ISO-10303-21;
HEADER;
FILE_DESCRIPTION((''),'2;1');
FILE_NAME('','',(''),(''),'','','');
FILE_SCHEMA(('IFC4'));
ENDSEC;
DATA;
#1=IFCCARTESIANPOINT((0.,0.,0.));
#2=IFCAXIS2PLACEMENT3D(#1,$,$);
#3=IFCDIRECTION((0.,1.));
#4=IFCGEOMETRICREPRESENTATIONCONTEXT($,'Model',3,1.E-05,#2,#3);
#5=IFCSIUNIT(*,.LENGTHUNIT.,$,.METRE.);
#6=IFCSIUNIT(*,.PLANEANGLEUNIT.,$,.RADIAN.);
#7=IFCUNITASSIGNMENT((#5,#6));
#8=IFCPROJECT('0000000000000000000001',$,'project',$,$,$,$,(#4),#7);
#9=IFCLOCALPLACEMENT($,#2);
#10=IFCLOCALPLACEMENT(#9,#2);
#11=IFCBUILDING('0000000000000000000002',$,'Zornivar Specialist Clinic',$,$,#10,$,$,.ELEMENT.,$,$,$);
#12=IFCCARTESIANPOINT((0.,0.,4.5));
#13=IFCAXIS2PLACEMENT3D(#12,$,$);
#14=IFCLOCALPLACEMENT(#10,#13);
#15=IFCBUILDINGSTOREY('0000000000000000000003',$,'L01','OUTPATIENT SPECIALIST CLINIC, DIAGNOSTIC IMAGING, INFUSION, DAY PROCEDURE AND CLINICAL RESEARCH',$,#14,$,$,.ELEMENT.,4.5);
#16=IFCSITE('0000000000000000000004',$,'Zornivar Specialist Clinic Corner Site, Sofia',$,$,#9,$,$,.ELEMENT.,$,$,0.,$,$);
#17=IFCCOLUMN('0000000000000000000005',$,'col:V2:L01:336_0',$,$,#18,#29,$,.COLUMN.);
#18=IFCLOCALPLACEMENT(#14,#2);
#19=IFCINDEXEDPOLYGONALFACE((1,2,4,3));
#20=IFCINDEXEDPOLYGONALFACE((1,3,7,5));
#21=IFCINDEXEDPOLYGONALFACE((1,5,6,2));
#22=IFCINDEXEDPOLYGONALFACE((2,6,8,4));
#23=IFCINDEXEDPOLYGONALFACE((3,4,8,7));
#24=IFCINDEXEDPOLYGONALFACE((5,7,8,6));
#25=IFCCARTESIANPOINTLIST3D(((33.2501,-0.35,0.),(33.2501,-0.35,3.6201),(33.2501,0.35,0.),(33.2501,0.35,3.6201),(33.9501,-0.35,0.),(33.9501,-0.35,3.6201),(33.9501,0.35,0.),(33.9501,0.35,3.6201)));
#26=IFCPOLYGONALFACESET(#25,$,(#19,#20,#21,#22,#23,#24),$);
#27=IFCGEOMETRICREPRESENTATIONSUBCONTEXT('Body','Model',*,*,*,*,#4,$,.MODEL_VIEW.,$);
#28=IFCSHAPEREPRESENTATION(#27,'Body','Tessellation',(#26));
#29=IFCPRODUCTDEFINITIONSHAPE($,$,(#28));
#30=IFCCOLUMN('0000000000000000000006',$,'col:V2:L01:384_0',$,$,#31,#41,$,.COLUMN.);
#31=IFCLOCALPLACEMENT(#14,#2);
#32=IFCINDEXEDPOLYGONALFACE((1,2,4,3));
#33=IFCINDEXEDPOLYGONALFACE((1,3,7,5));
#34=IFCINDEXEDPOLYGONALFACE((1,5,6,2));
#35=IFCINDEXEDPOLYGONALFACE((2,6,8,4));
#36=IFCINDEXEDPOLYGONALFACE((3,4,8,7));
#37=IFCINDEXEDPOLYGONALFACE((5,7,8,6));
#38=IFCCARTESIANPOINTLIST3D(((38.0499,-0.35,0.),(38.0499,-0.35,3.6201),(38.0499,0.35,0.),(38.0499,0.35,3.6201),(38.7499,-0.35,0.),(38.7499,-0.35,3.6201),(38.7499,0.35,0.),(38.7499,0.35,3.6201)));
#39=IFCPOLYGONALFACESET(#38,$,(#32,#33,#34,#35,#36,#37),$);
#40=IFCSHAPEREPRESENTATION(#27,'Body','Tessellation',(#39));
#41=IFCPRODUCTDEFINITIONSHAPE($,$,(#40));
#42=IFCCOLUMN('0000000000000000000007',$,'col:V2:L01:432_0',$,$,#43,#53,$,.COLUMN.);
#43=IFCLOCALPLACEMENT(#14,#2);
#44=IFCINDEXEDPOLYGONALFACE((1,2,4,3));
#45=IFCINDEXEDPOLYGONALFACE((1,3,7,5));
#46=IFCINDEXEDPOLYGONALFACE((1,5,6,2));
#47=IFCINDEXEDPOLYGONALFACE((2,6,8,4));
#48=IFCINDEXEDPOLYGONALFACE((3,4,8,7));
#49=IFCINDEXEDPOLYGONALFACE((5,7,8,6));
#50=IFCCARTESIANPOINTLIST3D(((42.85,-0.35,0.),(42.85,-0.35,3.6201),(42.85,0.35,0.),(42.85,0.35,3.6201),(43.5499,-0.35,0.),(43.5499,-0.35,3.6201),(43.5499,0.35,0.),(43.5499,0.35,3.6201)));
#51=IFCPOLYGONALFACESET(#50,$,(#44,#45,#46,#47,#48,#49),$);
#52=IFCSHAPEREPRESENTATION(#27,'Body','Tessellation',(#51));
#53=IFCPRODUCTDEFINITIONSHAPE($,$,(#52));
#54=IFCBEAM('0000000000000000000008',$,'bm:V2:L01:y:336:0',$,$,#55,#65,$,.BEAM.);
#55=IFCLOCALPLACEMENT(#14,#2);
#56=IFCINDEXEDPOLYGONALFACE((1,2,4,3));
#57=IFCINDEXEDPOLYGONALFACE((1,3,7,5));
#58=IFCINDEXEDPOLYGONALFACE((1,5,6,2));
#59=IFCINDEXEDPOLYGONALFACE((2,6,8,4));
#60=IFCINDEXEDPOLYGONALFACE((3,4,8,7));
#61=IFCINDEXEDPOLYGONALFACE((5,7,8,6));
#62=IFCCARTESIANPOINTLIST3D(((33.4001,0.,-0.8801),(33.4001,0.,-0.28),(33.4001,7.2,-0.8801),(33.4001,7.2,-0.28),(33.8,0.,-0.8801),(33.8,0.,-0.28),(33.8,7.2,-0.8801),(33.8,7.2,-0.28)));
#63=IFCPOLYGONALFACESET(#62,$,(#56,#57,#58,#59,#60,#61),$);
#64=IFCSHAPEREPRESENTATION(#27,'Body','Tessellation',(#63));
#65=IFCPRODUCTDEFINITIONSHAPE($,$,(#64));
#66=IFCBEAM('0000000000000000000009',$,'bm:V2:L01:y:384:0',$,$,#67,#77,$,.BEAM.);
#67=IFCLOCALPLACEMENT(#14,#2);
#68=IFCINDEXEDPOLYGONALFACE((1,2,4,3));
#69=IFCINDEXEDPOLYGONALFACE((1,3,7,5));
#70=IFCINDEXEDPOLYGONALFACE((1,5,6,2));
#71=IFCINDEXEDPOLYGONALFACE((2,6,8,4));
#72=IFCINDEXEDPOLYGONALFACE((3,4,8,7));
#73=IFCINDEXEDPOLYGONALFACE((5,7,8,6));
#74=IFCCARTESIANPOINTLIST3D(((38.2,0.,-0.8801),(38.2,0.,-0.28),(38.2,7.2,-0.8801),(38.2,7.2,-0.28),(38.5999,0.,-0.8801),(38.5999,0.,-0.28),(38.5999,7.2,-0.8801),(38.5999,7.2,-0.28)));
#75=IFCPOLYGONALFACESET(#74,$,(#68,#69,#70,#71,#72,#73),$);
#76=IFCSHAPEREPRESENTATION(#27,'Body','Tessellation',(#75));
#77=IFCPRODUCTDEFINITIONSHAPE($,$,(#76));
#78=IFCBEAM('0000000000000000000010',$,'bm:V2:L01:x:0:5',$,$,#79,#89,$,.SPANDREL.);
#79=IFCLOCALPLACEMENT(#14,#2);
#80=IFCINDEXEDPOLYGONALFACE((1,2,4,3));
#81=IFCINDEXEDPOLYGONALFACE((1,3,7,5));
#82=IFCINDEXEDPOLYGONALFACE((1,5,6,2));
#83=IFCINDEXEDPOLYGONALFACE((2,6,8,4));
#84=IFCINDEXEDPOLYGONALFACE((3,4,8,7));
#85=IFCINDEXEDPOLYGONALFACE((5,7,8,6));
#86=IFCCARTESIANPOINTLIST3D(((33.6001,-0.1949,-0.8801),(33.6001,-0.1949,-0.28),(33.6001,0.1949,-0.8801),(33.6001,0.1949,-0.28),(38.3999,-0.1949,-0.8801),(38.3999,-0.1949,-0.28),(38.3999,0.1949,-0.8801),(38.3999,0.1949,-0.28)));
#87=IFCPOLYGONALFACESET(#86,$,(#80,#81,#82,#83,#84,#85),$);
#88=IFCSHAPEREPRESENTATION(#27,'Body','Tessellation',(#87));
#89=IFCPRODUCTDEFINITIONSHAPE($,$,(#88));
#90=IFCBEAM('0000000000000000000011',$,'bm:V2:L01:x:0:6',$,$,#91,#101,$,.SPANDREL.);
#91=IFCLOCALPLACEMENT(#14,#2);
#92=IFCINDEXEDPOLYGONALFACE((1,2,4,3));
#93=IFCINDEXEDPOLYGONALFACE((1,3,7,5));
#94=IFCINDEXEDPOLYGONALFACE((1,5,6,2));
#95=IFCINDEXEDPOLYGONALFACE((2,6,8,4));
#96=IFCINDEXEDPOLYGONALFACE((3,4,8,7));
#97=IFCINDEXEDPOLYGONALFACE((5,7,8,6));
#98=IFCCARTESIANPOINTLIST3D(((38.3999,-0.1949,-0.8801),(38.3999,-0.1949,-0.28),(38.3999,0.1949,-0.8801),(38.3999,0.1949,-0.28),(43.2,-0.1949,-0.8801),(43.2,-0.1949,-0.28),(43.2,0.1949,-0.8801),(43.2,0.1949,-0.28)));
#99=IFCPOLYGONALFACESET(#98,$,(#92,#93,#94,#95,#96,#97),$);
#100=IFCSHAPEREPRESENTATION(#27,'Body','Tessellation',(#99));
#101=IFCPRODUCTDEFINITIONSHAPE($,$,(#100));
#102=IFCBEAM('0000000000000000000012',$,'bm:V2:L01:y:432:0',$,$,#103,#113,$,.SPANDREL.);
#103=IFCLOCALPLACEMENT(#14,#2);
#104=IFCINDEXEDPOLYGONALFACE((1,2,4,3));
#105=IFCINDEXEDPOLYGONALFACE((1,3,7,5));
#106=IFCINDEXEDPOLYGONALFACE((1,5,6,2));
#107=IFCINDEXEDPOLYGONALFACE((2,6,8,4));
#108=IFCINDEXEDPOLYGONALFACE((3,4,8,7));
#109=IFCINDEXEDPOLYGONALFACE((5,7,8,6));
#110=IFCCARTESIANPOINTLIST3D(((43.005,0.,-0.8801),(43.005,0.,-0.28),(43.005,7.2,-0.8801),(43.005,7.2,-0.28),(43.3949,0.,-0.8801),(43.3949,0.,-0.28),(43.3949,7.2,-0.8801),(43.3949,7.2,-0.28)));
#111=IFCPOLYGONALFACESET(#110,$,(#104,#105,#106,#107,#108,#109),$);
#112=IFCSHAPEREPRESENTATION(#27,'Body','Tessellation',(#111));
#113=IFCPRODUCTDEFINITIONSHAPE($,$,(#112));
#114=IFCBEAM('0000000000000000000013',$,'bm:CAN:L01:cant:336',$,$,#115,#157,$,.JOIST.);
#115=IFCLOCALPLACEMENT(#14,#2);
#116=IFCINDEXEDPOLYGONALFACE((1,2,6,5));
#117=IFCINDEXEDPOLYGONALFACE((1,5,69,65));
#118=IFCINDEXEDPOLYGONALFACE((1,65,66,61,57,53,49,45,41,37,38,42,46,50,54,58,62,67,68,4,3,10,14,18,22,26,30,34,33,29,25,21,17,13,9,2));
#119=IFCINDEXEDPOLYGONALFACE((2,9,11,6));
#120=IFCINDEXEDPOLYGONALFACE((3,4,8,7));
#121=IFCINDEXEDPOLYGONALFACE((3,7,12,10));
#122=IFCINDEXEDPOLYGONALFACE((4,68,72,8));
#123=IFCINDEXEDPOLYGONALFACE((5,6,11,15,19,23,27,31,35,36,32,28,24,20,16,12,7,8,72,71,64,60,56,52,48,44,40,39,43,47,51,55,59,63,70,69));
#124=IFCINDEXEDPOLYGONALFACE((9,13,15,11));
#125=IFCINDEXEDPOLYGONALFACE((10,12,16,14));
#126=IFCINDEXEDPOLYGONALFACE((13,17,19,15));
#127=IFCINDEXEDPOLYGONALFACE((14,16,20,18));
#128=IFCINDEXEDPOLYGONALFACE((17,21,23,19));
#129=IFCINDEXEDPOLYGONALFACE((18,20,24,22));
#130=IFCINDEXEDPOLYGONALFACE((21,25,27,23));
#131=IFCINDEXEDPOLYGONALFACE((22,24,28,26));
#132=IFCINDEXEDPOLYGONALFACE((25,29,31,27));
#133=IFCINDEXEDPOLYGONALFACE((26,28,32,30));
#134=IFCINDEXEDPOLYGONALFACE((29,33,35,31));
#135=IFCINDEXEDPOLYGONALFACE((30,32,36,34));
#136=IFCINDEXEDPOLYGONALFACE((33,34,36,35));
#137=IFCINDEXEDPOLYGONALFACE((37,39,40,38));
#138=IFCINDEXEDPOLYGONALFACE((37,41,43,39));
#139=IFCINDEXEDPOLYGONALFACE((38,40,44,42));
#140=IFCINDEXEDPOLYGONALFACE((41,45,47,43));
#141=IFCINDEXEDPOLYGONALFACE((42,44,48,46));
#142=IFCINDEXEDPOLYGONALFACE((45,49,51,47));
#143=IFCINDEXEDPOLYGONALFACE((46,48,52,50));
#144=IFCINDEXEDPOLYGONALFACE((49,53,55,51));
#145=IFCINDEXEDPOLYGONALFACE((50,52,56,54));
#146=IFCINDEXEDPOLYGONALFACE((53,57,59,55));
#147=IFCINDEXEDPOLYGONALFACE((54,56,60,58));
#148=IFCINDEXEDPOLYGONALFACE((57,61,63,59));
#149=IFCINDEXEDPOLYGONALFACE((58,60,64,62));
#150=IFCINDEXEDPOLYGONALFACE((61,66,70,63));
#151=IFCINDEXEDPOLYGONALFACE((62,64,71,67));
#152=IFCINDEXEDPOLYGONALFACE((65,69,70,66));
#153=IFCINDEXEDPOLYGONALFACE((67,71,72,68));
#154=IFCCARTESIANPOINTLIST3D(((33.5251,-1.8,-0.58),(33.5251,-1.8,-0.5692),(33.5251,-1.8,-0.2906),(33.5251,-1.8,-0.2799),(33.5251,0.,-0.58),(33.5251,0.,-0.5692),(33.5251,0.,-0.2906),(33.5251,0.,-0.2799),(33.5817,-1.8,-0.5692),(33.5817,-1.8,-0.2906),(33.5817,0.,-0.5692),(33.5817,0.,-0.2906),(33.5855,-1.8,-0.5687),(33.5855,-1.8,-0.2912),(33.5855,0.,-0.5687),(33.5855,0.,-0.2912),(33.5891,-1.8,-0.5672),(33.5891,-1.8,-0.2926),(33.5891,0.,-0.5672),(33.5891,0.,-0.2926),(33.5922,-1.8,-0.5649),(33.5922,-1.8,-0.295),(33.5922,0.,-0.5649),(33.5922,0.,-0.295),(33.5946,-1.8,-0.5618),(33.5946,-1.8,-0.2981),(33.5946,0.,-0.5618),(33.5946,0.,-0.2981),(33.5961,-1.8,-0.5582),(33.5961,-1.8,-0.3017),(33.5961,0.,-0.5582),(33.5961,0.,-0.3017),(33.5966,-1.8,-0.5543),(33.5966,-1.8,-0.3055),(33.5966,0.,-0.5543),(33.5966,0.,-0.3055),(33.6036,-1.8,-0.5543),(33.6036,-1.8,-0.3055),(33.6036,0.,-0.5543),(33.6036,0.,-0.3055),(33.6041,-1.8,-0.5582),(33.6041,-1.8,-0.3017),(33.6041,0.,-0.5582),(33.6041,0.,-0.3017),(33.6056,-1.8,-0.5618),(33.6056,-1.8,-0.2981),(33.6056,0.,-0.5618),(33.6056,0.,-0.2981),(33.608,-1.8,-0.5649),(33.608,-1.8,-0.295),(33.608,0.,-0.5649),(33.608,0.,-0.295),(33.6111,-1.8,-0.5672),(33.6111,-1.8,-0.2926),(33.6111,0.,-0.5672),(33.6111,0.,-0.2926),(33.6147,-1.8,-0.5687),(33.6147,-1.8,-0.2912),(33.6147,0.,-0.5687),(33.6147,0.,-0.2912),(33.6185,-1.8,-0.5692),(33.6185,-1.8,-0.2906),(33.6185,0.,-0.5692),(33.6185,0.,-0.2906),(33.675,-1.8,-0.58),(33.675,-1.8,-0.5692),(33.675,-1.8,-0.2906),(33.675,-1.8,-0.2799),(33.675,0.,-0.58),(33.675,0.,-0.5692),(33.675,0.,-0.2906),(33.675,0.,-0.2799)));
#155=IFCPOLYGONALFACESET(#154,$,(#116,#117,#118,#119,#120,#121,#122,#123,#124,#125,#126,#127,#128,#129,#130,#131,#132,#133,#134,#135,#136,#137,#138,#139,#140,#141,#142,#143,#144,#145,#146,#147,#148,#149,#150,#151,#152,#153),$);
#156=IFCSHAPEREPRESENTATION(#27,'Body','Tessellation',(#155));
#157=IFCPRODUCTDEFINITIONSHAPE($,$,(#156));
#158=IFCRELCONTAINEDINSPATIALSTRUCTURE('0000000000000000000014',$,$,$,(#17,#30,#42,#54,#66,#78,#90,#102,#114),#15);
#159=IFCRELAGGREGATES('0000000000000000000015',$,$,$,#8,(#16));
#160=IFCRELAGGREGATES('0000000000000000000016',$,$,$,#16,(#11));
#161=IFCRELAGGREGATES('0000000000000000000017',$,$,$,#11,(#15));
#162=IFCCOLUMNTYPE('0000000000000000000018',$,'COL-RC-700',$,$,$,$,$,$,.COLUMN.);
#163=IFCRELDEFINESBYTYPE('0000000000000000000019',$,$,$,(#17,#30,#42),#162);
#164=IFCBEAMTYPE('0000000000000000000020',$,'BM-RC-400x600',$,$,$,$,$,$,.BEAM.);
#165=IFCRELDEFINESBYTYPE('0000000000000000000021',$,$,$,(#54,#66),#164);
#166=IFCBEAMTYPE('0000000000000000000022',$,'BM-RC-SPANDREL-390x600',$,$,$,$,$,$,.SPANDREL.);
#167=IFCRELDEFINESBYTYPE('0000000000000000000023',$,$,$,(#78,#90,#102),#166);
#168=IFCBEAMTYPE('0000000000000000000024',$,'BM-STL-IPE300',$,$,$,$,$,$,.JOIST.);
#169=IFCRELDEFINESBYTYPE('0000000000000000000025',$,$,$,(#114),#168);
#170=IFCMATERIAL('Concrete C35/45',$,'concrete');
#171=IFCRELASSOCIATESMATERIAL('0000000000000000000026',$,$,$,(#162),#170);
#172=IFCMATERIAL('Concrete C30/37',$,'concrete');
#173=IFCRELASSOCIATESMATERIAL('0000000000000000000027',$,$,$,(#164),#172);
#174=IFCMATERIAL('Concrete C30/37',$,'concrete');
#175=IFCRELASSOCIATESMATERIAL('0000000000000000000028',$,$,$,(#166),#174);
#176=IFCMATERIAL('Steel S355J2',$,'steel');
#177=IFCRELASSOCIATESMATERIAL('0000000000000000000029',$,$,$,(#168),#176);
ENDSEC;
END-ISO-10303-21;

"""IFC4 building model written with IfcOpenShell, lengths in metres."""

from ifc_helpers import new_model, si_unit, direction, frame, origin, origin_2d, place, context, subcontext, project, spatial, rectangle, i_section, extrude, material, material_profile, profile_set, type_object, element, save


model = new_model("IFC4")

# Units and contexts
model_context = context("Model", 3, precision=1e-05, world=origin(), true_north=direction((0.0, 1.0)))
body_context = subcontext(model_context, "Body", "Model", "MODEL_VIEW")
ifc_project = project(units=[si_unit("LENGTHUNIT", "METRE"), si_unit("PLANEANGLEUNIT", "RADIAN")], contexts=[model_context])

# Site, building, storey
site_placement = place(None, origin())
site = spatial("IfcSite", under=ifc_project, at=site_placement, Name="Zornivar Specialist Clinic Corner Site, Sofia", CompositionType="ELEMENT", RefElevation=0.0)
building_placement = place(site_placement, origin())
building = spatial("IfcBuilding", under=site, at=building_placement, Name="Zornivar Specialist Clinic", CompositionType="ELEMENT")
storey_placement = place(building_placement, frame((0.0, 0.0, 4.5)))
storey = spatial("IfcBuildingStorey", under=building, at=storey_placement, Name="L01", Description="OUTPATIENT SPECIALIST CLINIC, DIAGNOSTIC IMAGING, INFUSION, DAY PROCEDURE AND CLINICAL RESEARCH", CompositionType="ELEMENT", Elevation=4.5)

# Columns
ifc_material_1 = material(Name="Concrete C35/45", Category="concrete")
ifc_material_profile_1 = material_profile(ifc_material_1, rectangle(XDim=0.7, YDim=0.7, at=origin_2d()), Name="RC 700x700")
ifc_profile_set_1 = profile_set([ifc_material_profile_1], Name="Concrete C35/45")
column_type = type_object("IfcColumnType", Name="COL-RC-700", PredefinedType="COLUMN", material=ifc_profile_set_1)
for number, where, z_axis, x_axis, name in (
    (1, (33.6001, 0.0, 0.0), (0.0, 0.0, 1.0), (1.0, 0.0, 0.0), "col:V2:L01:336_0"),
    (2, (38.3999, 0.0, 0.0), (0.0, 0.0, 1.0), (1.0, 0.0, 0.0), "col:V2:L01:384_0"),
    (3, (43.2, 0.0, 0.0), (0.0, 0.0, 1.0), (1.0, 0.0, 0.0), "col:V2:L01:432_0"),
):
    element("IfcColumn", number, at=place(storey_placement, frame(where, z_axis=z_axis, x_axis=x_axis)), inside=storey, type_object=column_type, Name=name, PredefinedType="COLUMN", context=body_context, shape_type="SweptSolid", body=[
        extrude(rectangle(XDim=0.7, YDim=0.7, at=origin_2d()), origin(), (0.0, 0.0, 1.0), 3.6201),
    ])

# Beams
ifc_material_2 = material(Name="Concrete C30/37", Category="concrete")
ifc_material_profile_2 = material_profile(ifc_material_2, rectangle(XDim=0.3999, YDim=0.6001, at=origin_2d()), Name="RC 400x600")
ifc_profile_set_2 = profile_set([ifc_material_profile_2], Name="Concrete C30/37")
beam_type_1 = type_object("IfcBeamType", Name="BM-RC-400x600", PredefinedType="BEAM", material=ifc_profile_set_2)
for number, where, z_axis, x_axis, name in (
    (4, (33.6001, 0.0, -0.5801), (0.0, 1.0, 0.0), (-1.0, 0.0, 0.0), "bm:V2:L01:y:336:0"),
    (5, (38.3999, 0.0, -0.5801), (0.0, 1.0, 0.0), (-1.0, 0.0, 0.0), "bm:V2:L01:y:384:0"),
):
    element("IfcBeam", number, at=place(storey_placement, frame(where, z_axis=z_axis, x_axis=x_axis)), inside=storey, type_object=beam_type_1, Name=name, PredefinedType="BEAM", context=body_context, shape_type="SweptSolid", body=[
        extrude(rectangle(XDim=0.3999, YDim=0.6001, at=origin_2d()), origin(), (0.0, 0.0, 1.0), 7.2),
    ])
ifc_material_3 = material(Name="Concrete C30/37", Category="concrete")
ifc_material_profile_3 = material_profile(ifc_material_3, rectangle(XDim=0.3899, YDim=0.6001, at=origin_2d()), Name="RC 390x600")
ifc_profile_set_3 = profile_set([ifc_material_profile_3], Name="Concrete C30/37")
beam_type_2 = type_object("IfcBeamType", Name="BM-RC-SPANDREL-390x600", PredefinedType="SPANDREL", material=ifc_profile_set_3)
beam_1_placement = place(storey_placement, frame((33.6001, 0.0, -0.5801), z_axis=(1.0, 0.0, 0.0), x_axis=(0.0, 1.0, 0.0)))
element("IfcBeam", 6, at=beam_1_placement, inside=storey, type_object=beam_type_2, Name="bm:V2:L01:x:0:5", PredefinedType="SPANDREL", context=body_context, shape_type="SweptSolid", body=[
    extrude(rectangle(XDim=0.3899, YDim=0.6001, at=origin_2d()), origin(), (0.0, 0.0, 1.0), 4.7998),
])
beam_2_placement = place(storey_placement, frame((38.3999, 0.0, -0.5801), z_axis=(1.0, 0.0, 0.0), x_axis=(0.0, 1.0, 0.0)))
element("IfcBeam", 7, at=beam_2_placement, inside=storey, type_object=beam_type_2, Name="bm:V2:L01:x:0:6", PredefinedType="SPANDREL", context=body_context, shape_type="SweptSolid", body=[
    extrude(rectangle(XDim=0.3899, YDim=0.6001, at=origin_2d()), origin(), (0.0, 0.0, 1.0), 4.8),
])
beam_3_placement = place(storey_placement, frame((43.2, 0.0, -0.5801), z_axis=(0.0, 1.0, 0.0), x_axis=(-1.0, 0.0, 0.0)))
element("IfcBeam", 8, at=beam_3_placement, inside=storey, type_object=beam_type_2, Name="bm:V2:L01:y:432:0", PredefinedType="SPANDREL", context=body_context, shape_type="SweptSolid", body=[
    extrude(rectangle(XDim=0.3899, YDim=0.6001, at=origin_2d()), origin(), (0.0, 0.0, 1.0), 7.2),
])
ifc_material_4 = material(Name="Steel S355J2", Category="steel")
ifc_material_profile_4 = material_profile(ifc_material_4, i_section(OverallWidth=0.1499, OverallDepth=0.3, WebThickness=0.0071, FlangeThickness=0.0107, FilletRadius=0.0149, at=origin_2d()), Name="IPE 300")
ifc_profile_set_4 = profile_set([ifc_material_profile_4], Name="Steel S355J2")
beam_type_3 = type_object("IfcBeamType", Name="BM-STL-IPE300", PredefinedType="JOIST", material=ifc_profile_set_4)
beam_4_placement = place(storey_placement, frame((33.6001, 0.0, -0.4299), z_axis=(0.0, -1.0, 0.0), x_axis=(1.0, 0.0, 0.0)))
element("IfcBeam", 9, at=beam_4_placement, inside=storey, type_object=beam_type_3, Name="bm:CAN:L01:cant:336", PredefinedType="JOIST", context=body_context, shape_type="SweptSolid", body=[
    extrude(i_section(OverallWidth=0.1499, OverallDepth=0.3, WebThickness=0.0071, FlangeThickness=0.0107, FilletRadius=0.0149, at=origin_2d()), origin(), (0.0, 0.0, 1.0), 1.8),
])

save(model, "model.ifc")
